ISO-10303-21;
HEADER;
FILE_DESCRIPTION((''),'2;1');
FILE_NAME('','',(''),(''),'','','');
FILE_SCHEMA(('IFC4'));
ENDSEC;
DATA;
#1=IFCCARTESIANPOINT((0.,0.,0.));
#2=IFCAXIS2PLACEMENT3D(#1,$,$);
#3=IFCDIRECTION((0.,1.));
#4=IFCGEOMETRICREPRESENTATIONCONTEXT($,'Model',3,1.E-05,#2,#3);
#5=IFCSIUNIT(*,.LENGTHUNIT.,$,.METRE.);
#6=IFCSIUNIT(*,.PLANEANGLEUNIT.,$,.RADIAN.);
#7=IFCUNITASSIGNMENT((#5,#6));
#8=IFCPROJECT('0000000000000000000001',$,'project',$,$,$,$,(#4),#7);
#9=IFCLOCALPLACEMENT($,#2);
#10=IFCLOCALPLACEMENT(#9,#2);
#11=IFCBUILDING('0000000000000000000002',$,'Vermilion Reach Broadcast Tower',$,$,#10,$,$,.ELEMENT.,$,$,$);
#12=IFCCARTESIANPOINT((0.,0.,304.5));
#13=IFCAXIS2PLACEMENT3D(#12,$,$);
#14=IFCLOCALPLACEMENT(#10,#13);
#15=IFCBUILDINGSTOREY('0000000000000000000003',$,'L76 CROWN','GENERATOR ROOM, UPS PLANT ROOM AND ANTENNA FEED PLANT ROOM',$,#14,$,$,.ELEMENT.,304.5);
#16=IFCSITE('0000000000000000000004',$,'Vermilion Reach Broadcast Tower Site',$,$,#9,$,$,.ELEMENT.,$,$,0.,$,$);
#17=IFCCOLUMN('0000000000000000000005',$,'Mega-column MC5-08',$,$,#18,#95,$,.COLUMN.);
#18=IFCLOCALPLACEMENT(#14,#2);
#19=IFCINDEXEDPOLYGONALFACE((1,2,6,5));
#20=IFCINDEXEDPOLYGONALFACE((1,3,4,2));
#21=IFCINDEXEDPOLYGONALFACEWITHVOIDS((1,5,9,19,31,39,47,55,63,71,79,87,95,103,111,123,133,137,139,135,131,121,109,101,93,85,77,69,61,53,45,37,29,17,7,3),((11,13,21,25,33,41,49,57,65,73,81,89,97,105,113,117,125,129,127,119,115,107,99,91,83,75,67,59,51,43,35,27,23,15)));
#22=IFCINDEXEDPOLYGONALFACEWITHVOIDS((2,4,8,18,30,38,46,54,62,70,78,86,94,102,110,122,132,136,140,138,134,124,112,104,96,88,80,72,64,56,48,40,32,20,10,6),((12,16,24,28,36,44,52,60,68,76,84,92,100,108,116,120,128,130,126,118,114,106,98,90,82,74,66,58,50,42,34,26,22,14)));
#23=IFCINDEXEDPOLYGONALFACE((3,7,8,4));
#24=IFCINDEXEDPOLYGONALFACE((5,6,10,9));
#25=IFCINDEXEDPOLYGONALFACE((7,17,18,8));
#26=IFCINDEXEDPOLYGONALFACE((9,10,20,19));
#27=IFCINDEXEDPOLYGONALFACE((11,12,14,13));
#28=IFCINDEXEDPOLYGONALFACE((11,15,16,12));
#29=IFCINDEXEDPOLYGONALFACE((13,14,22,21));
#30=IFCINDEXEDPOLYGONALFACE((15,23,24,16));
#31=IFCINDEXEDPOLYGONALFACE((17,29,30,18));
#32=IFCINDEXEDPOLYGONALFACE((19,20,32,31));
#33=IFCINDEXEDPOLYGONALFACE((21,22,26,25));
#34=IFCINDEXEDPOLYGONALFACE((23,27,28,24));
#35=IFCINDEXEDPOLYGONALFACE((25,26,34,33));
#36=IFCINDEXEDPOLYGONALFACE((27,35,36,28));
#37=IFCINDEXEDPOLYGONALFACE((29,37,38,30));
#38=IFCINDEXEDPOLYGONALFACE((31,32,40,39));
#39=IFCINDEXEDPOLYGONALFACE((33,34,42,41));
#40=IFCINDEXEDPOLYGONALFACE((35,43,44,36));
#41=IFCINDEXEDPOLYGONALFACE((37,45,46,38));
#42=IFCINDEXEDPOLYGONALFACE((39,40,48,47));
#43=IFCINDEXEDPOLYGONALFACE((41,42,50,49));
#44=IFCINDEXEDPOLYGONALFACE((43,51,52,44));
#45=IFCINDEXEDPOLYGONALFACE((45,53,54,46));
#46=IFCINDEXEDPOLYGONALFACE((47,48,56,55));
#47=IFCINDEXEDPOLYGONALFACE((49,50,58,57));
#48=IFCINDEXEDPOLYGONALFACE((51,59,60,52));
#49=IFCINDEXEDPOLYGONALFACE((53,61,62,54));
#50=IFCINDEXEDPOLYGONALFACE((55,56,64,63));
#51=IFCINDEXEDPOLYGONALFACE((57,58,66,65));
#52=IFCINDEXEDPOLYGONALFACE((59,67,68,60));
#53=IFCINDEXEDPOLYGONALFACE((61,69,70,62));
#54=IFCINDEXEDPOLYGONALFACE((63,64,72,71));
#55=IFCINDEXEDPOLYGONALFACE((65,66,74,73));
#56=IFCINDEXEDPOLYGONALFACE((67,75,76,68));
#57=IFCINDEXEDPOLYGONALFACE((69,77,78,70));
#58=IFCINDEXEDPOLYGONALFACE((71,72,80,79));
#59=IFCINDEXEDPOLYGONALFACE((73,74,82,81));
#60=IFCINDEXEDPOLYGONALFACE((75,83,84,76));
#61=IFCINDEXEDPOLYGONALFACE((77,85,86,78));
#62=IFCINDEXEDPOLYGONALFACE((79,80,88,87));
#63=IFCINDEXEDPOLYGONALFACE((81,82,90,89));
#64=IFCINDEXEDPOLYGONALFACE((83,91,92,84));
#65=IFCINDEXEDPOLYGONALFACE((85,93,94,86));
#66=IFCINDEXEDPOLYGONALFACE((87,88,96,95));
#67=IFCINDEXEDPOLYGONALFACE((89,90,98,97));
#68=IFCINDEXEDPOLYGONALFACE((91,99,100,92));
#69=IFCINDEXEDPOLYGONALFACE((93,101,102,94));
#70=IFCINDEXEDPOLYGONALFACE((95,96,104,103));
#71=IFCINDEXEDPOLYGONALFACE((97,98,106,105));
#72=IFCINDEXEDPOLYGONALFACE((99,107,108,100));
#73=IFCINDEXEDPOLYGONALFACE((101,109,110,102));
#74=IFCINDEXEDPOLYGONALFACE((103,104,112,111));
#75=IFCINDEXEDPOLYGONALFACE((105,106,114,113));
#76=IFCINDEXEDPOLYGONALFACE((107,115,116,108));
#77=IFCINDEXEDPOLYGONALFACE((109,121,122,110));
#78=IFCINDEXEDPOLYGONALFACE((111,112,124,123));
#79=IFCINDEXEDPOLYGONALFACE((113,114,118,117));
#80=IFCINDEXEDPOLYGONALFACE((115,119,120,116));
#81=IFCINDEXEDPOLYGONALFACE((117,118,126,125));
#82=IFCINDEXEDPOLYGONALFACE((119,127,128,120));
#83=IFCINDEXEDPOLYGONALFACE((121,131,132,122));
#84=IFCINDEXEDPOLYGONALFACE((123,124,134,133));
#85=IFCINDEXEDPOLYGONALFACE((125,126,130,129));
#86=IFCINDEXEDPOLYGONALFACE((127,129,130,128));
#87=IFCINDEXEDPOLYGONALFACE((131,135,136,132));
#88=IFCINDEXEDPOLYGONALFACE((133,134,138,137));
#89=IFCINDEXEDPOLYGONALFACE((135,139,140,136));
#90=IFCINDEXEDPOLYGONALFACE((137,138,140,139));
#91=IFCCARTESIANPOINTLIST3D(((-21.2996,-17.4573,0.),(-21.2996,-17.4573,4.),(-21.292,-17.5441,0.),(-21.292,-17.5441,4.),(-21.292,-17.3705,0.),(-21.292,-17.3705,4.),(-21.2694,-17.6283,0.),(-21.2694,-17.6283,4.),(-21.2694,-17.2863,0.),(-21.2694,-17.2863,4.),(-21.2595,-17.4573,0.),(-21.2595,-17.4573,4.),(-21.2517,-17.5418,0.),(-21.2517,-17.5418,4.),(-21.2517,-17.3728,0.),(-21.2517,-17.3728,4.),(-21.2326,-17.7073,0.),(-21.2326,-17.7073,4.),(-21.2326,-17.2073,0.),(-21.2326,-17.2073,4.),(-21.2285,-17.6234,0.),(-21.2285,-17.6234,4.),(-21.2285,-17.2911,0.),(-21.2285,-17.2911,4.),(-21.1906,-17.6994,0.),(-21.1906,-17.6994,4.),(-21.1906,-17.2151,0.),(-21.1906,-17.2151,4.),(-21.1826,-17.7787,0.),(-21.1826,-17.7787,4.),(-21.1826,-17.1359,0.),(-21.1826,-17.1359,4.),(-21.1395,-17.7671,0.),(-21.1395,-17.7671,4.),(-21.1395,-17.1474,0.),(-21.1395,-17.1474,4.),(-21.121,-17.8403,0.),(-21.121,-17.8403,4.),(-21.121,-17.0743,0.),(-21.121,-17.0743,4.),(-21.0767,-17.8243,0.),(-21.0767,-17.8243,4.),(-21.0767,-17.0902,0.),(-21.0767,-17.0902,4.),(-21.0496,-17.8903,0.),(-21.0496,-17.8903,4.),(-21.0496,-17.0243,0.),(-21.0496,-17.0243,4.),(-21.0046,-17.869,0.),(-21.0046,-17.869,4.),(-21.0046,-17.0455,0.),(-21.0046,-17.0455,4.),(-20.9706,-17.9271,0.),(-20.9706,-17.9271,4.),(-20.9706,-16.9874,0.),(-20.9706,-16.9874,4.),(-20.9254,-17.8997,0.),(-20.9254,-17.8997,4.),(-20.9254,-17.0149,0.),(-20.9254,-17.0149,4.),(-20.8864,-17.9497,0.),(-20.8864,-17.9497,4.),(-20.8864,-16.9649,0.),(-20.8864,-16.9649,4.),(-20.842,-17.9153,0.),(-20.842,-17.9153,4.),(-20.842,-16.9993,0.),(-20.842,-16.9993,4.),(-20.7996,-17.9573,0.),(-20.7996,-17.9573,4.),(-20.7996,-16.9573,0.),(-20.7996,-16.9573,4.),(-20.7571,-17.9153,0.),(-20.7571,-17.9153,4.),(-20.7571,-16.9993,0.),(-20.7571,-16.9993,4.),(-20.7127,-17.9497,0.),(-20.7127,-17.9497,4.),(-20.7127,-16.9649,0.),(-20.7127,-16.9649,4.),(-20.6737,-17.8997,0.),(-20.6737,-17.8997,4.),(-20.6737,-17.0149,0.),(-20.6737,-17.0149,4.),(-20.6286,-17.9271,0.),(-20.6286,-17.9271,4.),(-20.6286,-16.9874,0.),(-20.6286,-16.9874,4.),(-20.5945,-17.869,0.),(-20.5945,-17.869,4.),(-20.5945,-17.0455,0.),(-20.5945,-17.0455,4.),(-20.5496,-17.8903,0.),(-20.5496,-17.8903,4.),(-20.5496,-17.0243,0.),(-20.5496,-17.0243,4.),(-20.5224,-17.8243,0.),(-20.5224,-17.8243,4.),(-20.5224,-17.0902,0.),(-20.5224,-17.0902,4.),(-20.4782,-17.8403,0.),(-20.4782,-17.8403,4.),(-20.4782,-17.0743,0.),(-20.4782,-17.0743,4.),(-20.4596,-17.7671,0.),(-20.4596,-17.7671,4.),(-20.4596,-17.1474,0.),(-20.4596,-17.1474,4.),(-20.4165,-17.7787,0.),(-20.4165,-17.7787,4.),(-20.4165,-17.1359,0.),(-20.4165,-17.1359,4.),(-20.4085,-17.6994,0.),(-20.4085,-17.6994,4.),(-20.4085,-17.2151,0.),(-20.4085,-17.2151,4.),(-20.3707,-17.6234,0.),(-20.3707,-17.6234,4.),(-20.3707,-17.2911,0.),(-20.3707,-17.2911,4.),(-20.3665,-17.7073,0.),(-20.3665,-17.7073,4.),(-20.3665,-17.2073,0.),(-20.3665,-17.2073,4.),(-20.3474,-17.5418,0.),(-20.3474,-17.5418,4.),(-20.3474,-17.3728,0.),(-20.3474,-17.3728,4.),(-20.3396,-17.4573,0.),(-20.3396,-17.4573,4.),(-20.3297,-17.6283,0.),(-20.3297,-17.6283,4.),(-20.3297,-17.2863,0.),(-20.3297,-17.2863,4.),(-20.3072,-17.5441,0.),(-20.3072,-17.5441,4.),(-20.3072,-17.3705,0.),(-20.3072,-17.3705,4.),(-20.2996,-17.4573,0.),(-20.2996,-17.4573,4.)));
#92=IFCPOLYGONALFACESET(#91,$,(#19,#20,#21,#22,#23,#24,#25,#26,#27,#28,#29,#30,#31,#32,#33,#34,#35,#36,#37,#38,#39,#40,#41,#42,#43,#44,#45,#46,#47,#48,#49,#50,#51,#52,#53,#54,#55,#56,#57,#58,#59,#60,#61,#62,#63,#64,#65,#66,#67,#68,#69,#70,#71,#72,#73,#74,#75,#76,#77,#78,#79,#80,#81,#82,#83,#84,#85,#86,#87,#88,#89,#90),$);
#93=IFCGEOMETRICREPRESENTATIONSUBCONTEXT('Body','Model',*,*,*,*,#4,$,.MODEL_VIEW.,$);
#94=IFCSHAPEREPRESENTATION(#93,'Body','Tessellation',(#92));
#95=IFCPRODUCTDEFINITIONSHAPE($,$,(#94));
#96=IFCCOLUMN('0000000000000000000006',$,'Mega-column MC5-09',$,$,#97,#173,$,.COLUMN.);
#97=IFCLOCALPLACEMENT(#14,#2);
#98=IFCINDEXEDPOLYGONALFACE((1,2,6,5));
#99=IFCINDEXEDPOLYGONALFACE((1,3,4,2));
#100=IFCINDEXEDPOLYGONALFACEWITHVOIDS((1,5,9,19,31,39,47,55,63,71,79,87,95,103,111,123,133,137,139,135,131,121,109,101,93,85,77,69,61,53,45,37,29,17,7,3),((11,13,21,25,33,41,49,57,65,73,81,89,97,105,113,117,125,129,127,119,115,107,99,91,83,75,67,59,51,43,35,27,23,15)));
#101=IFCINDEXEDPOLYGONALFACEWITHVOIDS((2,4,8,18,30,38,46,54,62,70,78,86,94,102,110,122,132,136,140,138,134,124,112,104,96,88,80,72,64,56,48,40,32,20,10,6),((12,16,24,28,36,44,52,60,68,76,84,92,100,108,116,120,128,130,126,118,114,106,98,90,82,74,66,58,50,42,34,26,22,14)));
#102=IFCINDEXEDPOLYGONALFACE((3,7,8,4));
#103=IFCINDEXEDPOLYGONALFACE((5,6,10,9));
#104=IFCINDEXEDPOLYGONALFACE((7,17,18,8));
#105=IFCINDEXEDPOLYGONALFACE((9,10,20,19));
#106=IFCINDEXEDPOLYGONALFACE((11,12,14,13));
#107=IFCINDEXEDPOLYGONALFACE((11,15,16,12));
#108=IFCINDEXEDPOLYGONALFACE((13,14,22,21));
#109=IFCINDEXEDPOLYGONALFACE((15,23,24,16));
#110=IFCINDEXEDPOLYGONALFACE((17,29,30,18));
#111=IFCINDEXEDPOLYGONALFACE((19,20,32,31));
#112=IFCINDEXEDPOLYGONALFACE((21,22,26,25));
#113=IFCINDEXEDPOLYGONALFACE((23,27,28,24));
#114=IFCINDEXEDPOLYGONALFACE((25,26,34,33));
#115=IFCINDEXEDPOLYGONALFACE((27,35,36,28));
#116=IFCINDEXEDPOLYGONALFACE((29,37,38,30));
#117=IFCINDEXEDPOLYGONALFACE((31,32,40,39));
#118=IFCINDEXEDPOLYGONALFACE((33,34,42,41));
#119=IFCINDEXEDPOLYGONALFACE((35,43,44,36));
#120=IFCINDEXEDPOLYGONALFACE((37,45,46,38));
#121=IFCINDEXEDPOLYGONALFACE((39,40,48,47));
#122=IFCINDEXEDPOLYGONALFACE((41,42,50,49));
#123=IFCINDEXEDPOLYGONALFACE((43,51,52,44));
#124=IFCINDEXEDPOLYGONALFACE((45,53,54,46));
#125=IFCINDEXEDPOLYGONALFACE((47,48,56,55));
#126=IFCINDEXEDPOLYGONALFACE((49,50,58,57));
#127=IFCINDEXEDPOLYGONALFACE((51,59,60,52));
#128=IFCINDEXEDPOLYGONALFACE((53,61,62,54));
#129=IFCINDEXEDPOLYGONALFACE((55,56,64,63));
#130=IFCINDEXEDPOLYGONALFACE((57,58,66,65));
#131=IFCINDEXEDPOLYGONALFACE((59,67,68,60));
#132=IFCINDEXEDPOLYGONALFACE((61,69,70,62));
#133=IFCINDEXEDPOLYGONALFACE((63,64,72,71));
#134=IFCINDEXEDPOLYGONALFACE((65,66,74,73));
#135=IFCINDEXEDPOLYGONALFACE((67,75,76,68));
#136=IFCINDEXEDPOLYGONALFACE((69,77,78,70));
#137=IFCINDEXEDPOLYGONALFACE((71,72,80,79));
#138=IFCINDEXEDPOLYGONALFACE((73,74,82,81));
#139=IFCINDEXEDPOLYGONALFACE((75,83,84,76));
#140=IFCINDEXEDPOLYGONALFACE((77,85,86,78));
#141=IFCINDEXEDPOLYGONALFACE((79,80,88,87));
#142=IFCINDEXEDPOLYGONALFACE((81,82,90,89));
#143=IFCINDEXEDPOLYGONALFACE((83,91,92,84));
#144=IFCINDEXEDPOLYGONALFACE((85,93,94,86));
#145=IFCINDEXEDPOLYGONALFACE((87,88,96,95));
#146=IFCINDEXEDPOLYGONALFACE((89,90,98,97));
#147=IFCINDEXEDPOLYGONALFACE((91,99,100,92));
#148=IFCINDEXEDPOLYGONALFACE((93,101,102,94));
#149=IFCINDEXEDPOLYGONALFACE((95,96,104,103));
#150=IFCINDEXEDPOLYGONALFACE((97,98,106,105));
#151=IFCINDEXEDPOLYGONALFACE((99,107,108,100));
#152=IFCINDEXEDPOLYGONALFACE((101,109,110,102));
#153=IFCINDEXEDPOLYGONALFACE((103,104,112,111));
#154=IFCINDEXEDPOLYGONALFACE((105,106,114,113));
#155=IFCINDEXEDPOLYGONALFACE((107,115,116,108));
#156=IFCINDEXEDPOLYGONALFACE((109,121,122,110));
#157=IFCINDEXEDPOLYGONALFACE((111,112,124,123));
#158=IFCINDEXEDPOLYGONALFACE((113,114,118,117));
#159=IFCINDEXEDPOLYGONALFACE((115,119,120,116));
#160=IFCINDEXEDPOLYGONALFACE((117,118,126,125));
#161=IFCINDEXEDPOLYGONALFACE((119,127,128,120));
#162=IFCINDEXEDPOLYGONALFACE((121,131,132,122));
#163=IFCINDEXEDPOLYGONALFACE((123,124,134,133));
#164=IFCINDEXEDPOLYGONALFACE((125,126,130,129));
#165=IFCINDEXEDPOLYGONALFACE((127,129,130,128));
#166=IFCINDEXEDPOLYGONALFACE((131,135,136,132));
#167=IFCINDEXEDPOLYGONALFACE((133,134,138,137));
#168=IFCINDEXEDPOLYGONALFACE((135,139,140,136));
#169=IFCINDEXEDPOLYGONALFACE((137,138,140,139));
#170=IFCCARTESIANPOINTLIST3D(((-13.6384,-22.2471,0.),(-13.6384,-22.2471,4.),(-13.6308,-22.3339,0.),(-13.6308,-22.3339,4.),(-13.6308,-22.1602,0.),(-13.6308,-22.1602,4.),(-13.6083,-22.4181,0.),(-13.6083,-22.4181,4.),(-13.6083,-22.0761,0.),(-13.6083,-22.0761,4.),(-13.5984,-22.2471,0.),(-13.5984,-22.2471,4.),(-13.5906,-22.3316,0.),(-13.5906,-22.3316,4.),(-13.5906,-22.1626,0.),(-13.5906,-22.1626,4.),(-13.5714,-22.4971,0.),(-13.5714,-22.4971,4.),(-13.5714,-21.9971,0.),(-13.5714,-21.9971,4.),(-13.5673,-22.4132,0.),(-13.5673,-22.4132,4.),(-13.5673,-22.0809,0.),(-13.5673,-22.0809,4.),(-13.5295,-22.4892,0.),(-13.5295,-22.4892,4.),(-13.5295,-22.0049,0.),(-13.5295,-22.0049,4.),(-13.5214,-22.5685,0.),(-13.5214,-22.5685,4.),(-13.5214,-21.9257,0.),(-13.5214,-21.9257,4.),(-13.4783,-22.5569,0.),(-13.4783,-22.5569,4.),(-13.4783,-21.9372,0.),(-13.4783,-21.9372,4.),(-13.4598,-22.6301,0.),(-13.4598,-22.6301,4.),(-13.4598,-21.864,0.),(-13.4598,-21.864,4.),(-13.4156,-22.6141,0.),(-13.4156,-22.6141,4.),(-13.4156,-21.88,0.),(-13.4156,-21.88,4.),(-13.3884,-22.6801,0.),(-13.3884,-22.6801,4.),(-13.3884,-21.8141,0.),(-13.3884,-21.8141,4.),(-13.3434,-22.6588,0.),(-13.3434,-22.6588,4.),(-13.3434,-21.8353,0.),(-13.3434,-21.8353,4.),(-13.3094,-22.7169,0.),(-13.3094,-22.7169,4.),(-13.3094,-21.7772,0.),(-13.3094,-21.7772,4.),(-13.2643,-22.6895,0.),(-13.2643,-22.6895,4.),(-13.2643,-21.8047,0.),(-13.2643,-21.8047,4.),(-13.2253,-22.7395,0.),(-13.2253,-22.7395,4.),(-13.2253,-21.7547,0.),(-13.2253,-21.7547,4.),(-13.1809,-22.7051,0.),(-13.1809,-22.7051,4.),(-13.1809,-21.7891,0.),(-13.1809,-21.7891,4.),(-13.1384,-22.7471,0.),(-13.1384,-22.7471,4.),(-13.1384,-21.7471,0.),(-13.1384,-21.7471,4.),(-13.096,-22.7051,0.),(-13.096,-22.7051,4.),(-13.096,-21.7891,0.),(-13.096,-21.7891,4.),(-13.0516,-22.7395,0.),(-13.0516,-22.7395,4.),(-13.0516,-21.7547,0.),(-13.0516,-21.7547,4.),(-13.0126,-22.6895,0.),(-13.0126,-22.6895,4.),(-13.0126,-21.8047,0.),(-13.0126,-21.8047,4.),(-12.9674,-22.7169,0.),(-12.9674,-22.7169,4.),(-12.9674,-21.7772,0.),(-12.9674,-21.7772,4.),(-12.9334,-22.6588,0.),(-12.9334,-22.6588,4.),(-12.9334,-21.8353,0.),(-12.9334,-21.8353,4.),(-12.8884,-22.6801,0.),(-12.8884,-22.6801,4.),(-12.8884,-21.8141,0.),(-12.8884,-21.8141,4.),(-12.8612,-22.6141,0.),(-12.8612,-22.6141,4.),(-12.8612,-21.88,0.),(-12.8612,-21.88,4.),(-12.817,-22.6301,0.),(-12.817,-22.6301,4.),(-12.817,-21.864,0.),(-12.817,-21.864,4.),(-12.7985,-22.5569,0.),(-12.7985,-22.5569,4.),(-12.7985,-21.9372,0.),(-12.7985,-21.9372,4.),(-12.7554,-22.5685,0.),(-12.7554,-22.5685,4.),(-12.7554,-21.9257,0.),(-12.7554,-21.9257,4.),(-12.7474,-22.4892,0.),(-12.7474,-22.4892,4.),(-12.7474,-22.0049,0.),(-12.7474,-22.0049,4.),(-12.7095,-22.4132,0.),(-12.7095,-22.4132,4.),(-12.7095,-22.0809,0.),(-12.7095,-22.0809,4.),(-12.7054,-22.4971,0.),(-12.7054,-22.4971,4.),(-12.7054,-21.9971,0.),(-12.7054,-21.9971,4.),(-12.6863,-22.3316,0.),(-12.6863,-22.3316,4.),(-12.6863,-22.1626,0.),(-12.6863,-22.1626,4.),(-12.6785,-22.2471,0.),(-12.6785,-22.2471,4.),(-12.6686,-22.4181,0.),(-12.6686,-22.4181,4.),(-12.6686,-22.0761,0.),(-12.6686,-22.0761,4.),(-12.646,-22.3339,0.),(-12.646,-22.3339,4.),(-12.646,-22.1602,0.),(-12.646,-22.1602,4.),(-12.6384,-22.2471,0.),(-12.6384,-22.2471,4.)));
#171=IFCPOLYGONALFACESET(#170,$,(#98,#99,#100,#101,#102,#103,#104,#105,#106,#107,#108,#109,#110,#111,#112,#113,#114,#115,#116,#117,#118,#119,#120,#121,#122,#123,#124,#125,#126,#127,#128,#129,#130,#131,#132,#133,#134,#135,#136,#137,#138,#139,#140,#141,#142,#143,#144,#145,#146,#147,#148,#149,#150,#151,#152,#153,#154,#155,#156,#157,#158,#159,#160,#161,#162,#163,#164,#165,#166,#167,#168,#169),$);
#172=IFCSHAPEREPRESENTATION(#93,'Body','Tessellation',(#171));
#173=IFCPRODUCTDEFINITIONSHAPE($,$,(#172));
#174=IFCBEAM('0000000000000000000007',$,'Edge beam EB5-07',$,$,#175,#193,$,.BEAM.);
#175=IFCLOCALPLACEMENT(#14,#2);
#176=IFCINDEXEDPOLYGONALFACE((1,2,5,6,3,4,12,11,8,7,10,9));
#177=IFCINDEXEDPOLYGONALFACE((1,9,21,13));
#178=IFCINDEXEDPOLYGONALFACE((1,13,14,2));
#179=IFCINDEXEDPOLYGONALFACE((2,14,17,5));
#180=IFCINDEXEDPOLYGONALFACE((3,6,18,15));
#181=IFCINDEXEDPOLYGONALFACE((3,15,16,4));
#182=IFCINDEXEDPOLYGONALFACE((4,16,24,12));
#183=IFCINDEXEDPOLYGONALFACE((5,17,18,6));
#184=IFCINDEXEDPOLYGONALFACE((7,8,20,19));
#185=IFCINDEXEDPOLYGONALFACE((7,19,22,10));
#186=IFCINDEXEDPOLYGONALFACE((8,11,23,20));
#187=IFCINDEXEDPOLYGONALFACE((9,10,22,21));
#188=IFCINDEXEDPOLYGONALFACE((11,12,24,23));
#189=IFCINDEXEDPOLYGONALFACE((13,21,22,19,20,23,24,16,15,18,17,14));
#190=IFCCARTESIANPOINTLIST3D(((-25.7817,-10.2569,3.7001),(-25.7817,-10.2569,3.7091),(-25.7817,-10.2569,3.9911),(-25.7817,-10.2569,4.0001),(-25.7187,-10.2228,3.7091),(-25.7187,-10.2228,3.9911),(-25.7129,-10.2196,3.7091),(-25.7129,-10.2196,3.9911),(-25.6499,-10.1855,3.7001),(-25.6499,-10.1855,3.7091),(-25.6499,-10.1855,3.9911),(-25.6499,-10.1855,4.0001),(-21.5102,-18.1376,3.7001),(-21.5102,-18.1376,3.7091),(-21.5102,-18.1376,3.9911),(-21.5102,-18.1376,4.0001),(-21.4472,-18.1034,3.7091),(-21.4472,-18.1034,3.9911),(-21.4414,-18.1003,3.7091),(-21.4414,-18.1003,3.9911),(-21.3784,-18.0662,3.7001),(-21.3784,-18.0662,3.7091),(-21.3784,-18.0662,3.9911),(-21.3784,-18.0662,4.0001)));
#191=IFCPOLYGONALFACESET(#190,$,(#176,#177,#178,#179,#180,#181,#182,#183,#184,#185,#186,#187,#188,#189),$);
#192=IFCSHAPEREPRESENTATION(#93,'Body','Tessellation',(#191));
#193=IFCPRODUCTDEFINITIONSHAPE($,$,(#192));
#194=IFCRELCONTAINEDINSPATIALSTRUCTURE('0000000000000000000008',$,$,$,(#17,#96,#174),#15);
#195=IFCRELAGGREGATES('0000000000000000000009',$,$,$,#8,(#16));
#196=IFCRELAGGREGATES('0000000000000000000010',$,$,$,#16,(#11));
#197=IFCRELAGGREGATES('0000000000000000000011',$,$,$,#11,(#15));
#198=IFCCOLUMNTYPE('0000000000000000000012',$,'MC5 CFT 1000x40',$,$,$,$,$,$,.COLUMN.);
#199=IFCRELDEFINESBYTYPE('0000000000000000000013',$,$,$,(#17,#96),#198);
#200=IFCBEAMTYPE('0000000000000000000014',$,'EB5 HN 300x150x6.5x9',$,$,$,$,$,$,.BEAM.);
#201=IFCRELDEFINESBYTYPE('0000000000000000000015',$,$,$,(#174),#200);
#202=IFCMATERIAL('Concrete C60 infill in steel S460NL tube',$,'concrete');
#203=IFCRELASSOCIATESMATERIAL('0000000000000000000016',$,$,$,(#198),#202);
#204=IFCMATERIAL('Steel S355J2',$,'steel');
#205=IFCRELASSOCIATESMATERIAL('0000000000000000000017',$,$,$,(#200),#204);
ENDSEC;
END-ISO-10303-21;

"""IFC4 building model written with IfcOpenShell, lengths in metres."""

from ifc_helpers import new_model, si_unit, direction, frame, origin, origin_2d, place, context, subcontext, project, spatial, hollow_circle, i_section, extrude, material, material_profile, profile_set, type_object, element, save


model = new_model("IFC4")

# Units and contexts
model_context = context("Model", 3, precision=1e-05, world=origin(), true_north=direction((0.0, 1.0)))
body_context = subcontext(model_context, "Body", "Model", "MODEL_VIEW")
ifc_project = project(units=[si_unit("LENGTHUNIT", "METRE"), si_unit("PLANEANGLEUNIT", "RADIAN")], contexts=[model_context])

# Site, building, storey
site_placement = place(None, origin())
site = spatial("IfcSite", under=ifc_project, at=site_placement, Name="Vermilion Reach Broadcast Tower Site", CompositionType="ELEMENT", RefElevation=0.0)
building_placement = place(site_placement, origin())
building = spatial("IfcBuilding", under=site, at=building_placement, Name="Vermilion Reach Broadcast Tower", CompositionType="ELEMENT")
storey_placement = place(building_placement, frame((0.0, 0.0, 304.5)))
storey = spatial("IfcBuildingStorey", under=building, at=storey_placement, Name="L76 CROWN", Description="GENERATOR ROOM, UPS PLANT ROOM AND ANTENNA FEED PLANT ROOM", CompositionType="ELEMENT", Elevation=304.5)

# Columns
ifc_material_1 = material(Name="Concrete C60 infill in steel S460NL tube", Category="concrete")
ifc_material_profile_1 = material_profile(ifc_material_1, hollow_circle(Radius=0.5, WallThickness=0.04, at=origin_2d()), Name="Concrete C60 infill in steel S460NL tube CFT 1000x40")
ifc_profile_set_1 = profile_set([ifc_material_profile_1], Name="Concrete C60 infill in steel S460NL tube")
column_type = type_object("IfcColumnType", Name="MC5 CFT 1000x40", PredefinedType="COLUMN", material=ifc_profile_set_1)
for number, where, z_axis, x_axis, name in (
    (1, (-20.7996, -17.4573, 0.0), (0.0, 0.0, 1.0), (1.0, 0.0, 0.0), "Mega-column MC5-08"),
    (2, (-13.1384, -22.2471, 0.0), (0.0, 0.0, 1.0), (1.0, 0.0, 0.0), "Mega-column MC5-09"),
):
    element("IfcColumn", number, at=place(storey_placement, frame(where, z_axis=z_axis, x_axis=x_axis)), inside=storey, type_object=column_type, Name=name, PredefinedType="COLUMN", context=body_context, shape_type="SweptSolid", body=[
        extrude(hollow_circle(Radius=0.5, WallThickness=0.04, at=origin_2d()), origin(), (0.0, 0.0, 1.0), 4.0),
    ])

# Beam
ifc_material_2 = material(Name="Steel S355J2", Category="steel")
ifc_material_profile_2 = material_profile(ifc_material_2, i_section(OverallWidth=0.1499, OverallDepth=0.3, WebThickness=0.0066, FlangeThickness=0.009, at=origin_2d()), Name="S355J2 HN 300x150x6.5x9")
ifc_profile_set_2 = profile_set([ifc_material_profile_2], Name="Steel S355J2")
beam_type_1 = type_object("IfcBeamType", Name="EB5 HN 300x150x6.5x9", PredefinedType="BEAM", material=ifc_profile_set_2)
beam_1_placement = place(storey_placement, frame((-25.7158, -10.2212, 3.8501), z_axis=(0.476526, -0.87916, 0.0), x_axis=(0.87916, 0.476526, 0.0)))
element("IfcBeam", 3, at=beam_1_placement, inside=storey, type_object=beam_type_1, Name="Edge beam EB5-07", PredefinedType="BEAM", context=body_context, shape_type="SweptSolid", body=[
    extrude(i_section(OverallWidth=0.1499, OverallDepth=0.3, WebThickness=0.0066, FlangeThickness=0.009, at=origin_2d()), origin(), (0.0, 0.0, 1.0), 8.9639),
])

save(model, "model.ifc")
